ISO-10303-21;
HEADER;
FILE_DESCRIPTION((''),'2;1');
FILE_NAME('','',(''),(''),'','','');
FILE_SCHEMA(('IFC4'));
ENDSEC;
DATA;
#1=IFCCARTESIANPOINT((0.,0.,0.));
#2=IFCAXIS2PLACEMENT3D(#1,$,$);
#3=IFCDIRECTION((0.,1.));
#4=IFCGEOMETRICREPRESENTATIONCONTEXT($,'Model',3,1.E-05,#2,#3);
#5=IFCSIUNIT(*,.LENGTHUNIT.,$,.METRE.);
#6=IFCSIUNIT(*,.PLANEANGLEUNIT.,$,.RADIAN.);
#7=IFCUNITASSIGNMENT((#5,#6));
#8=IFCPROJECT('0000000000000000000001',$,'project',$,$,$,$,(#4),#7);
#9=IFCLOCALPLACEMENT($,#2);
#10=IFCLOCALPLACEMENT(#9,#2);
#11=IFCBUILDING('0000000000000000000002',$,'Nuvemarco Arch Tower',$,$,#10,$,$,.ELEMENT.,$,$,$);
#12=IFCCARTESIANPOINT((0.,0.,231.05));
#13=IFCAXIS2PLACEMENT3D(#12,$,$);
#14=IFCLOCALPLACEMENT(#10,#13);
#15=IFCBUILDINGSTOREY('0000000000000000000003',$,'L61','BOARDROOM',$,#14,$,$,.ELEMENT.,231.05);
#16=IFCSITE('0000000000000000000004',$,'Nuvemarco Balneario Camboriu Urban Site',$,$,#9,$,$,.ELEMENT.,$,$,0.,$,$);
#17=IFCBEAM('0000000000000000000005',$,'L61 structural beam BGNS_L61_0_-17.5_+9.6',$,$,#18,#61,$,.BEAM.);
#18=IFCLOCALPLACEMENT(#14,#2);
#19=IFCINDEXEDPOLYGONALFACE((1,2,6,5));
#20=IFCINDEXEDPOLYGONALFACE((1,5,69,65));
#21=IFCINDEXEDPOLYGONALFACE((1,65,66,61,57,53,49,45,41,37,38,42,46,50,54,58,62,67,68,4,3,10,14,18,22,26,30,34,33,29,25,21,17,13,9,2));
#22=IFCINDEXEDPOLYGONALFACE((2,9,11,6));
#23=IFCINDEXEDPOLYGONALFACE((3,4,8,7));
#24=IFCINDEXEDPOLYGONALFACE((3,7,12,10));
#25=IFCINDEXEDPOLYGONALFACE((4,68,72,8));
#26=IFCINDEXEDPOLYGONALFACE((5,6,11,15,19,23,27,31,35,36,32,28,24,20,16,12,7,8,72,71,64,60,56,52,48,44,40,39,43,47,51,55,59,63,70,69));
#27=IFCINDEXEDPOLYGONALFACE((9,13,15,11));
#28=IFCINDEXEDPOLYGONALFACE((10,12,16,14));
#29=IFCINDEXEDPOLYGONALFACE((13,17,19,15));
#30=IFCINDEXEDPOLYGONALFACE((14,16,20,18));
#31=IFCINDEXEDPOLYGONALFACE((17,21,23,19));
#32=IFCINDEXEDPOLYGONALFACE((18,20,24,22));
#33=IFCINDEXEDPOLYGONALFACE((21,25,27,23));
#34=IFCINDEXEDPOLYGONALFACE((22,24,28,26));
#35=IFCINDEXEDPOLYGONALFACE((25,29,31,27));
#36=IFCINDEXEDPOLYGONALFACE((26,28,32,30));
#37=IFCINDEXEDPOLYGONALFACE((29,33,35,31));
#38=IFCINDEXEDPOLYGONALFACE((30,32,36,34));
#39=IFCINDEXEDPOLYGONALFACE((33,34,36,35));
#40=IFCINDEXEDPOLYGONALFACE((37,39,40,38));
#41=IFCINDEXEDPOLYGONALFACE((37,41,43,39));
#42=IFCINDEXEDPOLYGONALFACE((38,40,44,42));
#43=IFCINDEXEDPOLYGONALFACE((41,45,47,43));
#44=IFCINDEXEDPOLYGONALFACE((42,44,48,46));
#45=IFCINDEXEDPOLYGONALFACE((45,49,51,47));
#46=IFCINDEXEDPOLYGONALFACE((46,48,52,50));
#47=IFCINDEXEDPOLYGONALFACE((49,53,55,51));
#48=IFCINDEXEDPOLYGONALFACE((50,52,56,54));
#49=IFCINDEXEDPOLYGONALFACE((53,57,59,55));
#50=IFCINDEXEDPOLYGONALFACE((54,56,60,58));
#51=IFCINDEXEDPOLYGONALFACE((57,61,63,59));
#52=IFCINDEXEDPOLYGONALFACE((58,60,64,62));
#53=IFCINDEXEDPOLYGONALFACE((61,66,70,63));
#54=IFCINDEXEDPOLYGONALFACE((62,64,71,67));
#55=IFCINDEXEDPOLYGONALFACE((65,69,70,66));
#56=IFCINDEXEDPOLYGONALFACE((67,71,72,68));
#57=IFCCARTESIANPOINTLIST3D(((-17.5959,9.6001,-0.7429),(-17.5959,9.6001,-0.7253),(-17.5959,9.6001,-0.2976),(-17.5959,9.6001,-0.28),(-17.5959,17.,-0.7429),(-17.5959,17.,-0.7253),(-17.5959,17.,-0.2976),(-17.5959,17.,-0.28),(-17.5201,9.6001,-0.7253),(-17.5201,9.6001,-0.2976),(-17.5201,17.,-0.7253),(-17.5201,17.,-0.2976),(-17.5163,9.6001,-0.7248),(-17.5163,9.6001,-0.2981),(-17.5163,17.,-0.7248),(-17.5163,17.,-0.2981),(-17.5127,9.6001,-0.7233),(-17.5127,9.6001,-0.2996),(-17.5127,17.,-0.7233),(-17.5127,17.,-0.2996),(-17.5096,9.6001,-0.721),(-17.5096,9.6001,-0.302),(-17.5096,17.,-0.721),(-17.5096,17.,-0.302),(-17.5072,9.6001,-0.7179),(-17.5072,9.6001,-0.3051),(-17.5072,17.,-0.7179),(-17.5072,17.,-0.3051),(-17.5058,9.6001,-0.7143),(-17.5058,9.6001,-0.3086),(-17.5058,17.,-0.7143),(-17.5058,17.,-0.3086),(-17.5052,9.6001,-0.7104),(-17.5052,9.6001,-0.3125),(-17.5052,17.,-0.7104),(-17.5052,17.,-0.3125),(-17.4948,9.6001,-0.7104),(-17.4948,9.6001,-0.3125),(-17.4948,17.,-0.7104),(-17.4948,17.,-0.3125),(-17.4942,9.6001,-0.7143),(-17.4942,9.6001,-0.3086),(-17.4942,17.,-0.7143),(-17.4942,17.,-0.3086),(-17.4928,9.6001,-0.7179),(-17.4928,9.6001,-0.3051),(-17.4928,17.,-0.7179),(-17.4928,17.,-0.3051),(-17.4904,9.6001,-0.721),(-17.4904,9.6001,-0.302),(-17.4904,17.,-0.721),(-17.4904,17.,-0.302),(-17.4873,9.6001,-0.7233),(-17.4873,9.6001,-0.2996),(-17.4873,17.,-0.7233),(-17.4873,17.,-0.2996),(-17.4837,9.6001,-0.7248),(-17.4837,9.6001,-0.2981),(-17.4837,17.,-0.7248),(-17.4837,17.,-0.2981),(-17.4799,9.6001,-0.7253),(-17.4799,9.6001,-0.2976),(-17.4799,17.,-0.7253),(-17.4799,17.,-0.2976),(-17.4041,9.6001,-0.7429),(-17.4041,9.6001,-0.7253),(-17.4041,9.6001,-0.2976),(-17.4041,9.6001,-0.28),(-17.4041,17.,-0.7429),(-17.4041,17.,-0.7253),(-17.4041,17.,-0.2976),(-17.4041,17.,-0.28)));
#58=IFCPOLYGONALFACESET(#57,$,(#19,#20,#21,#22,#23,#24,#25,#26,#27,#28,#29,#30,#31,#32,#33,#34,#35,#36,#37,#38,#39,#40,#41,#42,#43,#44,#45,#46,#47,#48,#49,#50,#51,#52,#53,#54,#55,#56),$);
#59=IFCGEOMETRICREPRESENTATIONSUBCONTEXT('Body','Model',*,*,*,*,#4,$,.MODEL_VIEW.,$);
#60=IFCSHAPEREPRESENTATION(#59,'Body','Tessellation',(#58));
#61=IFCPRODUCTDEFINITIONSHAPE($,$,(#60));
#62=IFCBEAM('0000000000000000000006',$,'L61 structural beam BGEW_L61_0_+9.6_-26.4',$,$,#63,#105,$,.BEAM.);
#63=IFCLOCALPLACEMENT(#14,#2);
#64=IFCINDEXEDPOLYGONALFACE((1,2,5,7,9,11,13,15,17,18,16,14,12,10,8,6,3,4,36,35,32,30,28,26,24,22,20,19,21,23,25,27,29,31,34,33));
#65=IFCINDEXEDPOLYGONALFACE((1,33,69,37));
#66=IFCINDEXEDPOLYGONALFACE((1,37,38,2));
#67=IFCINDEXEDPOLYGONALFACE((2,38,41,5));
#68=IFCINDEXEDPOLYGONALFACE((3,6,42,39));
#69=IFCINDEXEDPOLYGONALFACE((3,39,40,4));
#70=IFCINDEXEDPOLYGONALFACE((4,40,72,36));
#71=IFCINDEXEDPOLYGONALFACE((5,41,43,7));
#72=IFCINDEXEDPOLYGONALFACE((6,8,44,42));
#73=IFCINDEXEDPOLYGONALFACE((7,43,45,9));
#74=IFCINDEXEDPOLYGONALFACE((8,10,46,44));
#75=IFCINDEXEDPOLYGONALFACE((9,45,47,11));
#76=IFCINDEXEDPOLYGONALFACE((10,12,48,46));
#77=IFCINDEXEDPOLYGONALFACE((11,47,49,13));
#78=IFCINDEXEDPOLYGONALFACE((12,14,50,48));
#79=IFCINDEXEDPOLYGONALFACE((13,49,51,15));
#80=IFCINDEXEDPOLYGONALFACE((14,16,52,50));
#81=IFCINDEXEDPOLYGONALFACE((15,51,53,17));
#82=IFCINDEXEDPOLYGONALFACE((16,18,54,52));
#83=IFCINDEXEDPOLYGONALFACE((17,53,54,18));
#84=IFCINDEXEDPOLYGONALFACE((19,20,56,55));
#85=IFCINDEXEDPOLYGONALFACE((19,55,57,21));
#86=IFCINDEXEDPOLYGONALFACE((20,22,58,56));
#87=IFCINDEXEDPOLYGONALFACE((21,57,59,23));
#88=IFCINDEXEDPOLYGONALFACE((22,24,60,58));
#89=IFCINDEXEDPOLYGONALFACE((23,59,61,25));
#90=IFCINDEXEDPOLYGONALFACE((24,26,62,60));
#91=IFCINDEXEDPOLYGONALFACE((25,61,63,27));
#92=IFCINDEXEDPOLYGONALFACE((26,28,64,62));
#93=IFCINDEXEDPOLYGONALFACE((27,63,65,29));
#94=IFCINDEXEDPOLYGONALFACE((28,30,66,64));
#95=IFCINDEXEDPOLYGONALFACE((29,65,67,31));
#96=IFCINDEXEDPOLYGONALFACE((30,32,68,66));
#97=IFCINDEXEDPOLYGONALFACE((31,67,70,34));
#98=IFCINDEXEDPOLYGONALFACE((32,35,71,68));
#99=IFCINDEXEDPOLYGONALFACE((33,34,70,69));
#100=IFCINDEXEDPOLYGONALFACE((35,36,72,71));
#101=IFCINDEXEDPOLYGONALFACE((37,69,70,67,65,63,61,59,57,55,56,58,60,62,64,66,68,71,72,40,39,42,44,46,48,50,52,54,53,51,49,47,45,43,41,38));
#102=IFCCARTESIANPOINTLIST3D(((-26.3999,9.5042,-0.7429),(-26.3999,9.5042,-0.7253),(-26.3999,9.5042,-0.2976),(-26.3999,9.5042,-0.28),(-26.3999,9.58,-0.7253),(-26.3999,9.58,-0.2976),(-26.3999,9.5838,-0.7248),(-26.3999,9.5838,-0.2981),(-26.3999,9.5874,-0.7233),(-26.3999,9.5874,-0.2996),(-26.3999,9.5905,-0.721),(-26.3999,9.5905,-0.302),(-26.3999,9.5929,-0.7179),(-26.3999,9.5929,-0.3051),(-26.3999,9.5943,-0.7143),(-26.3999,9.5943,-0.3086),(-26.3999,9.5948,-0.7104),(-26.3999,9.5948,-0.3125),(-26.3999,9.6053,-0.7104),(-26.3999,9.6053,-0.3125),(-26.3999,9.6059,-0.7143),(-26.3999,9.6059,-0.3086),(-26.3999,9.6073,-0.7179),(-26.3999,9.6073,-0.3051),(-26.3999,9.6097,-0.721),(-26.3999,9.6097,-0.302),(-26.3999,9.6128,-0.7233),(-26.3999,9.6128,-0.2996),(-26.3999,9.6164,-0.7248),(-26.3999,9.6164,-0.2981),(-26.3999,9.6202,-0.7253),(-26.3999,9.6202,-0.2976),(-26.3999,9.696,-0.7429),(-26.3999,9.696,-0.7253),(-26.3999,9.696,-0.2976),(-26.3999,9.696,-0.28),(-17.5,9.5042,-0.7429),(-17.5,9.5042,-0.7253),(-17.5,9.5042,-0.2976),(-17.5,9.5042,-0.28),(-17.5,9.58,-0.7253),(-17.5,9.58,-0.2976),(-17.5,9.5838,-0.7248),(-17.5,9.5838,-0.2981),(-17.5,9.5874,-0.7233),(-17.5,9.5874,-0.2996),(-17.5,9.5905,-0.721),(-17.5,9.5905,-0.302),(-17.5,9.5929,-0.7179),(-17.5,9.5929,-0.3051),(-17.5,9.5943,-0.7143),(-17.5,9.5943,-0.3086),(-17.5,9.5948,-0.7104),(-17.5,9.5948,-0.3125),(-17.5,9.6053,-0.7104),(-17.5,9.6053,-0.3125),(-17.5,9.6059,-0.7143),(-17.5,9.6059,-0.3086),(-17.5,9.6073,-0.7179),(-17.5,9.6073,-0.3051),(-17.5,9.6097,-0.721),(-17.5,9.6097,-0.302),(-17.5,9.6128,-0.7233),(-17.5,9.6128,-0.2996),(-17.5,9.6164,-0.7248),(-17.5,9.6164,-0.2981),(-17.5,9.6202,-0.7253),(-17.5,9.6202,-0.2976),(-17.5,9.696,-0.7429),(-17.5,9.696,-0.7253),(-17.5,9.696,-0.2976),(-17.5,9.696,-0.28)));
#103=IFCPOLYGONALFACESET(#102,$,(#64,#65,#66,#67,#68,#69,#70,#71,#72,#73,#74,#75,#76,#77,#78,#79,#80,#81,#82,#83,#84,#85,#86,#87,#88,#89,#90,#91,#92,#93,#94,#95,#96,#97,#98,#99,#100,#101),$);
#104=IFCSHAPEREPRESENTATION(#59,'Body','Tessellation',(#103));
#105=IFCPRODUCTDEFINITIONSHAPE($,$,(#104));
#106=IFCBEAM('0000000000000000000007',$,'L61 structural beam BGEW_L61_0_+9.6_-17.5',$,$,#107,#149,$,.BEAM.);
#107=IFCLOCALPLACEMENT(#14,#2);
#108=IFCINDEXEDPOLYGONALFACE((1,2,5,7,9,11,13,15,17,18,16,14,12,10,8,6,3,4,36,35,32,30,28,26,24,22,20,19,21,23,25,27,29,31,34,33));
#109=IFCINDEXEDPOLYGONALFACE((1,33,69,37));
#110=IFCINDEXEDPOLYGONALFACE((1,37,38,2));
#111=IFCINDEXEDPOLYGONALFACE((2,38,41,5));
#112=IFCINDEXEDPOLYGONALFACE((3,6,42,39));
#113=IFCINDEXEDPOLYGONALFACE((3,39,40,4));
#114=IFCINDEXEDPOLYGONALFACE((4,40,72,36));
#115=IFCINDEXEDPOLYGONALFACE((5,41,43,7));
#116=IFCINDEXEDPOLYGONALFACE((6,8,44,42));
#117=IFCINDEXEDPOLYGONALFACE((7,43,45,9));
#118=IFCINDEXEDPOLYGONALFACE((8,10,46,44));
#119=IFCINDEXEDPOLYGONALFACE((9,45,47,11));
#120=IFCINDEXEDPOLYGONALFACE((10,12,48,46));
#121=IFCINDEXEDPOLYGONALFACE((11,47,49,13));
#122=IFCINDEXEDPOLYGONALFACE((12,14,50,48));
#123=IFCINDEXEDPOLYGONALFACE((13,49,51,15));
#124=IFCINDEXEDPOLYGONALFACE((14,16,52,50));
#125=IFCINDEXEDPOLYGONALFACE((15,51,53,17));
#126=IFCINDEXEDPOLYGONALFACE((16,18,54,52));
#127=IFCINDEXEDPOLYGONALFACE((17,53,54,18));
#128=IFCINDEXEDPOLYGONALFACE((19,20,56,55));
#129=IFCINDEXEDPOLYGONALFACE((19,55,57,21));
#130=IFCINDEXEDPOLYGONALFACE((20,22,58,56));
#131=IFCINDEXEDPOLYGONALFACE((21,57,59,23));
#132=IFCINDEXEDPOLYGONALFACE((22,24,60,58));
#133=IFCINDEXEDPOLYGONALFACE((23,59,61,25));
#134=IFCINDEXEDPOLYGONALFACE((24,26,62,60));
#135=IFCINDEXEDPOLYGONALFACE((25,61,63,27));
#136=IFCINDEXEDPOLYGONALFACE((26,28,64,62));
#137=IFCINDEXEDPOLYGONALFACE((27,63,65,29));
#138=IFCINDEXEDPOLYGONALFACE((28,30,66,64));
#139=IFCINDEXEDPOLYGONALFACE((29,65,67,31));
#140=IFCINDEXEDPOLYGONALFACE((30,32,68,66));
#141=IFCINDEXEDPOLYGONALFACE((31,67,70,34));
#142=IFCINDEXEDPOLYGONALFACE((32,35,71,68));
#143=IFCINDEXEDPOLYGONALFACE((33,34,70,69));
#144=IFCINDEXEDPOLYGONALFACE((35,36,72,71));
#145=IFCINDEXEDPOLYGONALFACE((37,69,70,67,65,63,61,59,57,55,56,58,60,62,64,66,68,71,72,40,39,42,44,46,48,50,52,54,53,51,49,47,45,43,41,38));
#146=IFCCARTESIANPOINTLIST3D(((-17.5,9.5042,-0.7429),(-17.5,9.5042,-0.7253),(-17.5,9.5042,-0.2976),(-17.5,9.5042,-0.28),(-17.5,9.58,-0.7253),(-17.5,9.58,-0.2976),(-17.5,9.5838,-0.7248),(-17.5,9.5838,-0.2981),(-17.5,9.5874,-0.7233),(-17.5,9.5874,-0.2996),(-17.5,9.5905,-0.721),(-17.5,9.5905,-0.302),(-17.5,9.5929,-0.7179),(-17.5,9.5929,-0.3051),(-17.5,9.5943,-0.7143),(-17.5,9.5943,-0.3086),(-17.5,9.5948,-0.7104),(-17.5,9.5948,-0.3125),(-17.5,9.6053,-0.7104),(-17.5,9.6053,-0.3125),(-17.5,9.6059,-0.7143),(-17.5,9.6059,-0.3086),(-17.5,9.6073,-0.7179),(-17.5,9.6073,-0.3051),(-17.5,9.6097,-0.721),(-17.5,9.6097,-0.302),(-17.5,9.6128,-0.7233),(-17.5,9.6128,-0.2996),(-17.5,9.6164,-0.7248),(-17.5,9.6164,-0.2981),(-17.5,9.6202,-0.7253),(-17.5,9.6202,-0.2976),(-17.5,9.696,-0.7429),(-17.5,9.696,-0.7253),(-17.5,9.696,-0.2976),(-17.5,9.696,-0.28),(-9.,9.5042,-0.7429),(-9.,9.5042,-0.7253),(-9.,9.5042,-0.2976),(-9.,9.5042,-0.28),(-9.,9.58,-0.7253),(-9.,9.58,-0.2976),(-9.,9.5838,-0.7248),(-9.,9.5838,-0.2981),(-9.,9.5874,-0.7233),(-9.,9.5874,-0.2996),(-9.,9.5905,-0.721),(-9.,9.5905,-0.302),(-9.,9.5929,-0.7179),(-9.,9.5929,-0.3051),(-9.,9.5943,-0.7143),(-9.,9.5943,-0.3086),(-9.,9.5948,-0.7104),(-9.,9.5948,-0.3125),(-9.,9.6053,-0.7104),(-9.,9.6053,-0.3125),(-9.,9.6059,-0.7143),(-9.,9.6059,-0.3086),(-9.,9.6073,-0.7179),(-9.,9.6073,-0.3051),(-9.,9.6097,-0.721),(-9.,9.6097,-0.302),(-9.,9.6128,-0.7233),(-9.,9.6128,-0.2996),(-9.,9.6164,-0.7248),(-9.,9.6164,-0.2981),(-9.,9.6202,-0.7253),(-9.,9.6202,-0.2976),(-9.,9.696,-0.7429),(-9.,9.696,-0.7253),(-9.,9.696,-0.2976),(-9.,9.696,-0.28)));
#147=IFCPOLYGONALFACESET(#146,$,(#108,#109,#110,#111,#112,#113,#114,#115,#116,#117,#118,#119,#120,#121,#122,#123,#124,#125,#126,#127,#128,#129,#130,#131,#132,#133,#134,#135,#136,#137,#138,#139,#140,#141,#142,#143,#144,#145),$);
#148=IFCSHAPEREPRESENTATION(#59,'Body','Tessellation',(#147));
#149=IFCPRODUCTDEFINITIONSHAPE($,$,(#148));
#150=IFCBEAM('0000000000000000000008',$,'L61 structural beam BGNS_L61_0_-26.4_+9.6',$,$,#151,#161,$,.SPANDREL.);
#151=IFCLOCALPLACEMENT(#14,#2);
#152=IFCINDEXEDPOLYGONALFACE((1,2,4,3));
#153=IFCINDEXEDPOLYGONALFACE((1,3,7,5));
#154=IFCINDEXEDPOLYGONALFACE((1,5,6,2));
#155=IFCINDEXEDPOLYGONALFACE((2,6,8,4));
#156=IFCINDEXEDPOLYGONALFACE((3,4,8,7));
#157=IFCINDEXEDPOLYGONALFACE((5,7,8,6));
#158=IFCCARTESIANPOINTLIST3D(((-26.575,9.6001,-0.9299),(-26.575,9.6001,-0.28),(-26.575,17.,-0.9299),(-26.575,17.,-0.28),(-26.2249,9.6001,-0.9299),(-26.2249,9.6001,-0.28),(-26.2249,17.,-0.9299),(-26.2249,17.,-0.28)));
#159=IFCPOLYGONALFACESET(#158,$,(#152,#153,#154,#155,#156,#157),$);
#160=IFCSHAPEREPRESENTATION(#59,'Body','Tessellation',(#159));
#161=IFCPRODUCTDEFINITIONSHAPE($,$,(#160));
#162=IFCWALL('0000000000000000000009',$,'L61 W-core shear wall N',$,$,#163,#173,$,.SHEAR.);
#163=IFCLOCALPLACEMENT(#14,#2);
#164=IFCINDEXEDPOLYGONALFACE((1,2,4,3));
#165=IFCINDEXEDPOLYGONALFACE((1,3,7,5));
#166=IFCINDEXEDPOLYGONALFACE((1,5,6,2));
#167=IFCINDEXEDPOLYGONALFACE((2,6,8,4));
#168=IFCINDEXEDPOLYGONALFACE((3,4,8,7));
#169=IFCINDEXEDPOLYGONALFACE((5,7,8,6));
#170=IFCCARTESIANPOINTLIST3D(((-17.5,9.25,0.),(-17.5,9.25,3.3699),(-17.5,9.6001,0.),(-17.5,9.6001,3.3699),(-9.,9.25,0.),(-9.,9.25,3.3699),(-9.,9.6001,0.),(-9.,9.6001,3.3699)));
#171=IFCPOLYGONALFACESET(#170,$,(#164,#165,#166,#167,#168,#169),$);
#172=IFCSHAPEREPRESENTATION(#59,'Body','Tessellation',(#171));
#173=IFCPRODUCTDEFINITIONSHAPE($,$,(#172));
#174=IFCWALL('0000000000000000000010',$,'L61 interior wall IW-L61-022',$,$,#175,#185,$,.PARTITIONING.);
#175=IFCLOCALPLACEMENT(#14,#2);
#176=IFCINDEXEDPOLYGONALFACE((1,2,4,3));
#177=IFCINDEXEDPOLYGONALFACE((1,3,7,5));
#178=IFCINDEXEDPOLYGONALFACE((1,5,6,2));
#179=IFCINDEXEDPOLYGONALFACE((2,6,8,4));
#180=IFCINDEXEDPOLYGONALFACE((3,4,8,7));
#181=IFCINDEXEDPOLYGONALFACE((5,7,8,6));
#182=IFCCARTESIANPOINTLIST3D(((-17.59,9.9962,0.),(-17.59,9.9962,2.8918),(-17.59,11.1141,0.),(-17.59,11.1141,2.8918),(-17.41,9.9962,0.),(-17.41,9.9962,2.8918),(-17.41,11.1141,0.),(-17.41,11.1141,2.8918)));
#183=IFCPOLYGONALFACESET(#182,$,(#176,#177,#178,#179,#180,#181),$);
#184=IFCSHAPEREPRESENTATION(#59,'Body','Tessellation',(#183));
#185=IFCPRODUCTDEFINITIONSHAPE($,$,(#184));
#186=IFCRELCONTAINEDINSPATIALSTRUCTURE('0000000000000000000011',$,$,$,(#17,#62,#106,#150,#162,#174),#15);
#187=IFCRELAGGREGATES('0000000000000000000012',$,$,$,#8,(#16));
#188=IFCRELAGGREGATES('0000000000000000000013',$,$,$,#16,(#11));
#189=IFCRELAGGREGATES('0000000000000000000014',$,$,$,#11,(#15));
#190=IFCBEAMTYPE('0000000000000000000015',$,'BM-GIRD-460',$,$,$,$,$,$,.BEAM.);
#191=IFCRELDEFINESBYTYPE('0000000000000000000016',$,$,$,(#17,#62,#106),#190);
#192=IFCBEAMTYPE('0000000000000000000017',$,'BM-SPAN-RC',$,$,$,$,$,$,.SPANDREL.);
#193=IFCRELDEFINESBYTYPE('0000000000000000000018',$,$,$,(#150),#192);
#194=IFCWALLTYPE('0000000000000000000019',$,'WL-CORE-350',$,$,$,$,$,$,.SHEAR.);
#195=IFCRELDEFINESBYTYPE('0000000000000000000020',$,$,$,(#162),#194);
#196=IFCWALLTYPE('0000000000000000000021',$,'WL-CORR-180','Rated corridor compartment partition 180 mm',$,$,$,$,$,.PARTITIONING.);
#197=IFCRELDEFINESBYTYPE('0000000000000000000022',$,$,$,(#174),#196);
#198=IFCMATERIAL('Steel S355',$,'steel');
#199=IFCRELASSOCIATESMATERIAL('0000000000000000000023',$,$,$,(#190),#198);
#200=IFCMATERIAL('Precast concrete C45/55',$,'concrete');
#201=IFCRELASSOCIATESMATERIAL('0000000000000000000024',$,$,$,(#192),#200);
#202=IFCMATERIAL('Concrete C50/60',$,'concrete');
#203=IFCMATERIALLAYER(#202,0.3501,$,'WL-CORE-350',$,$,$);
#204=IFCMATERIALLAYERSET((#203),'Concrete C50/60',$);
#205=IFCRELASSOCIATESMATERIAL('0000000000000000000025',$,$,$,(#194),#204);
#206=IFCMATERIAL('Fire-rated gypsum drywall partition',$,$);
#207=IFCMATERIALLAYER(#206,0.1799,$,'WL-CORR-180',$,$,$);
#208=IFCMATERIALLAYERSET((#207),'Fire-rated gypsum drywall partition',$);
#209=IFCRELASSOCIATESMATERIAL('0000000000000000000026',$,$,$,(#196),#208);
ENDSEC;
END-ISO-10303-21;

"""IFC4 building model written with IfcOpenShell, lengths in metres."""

from ifc_helpers import new_model, si_unit, direction, frame, frame_2d, origin, origin_2d, place, context, subcontext, project, spatial, rectangle, i_section, extrude, material, layer, layer_set, material_profile, profile_set, type_object, element, save


model = new_model("IFC4")

# Units and contexts
model_context = context("Model", 3, precision=1e-05, world=origin(), true_north=direction((0.0, 1.0)))
body_context = subcontext(model_context, "Body", "Model", "MODEL_VIEW")
ifc_project = project(units=[si_unit("LENGTHUNIT", "METRE"), si_unit("PLANEANGLEUNIT", "RADIAN")], contexts=[model_context])

# Site, building, storey
site_placement = place(None, origin())
site = spatial("IfcSite", under=ifc_project, at=site_placement, Name="Nuvemarco Balneario Camboriu Urban Site", CompositionType="ELEMENT", RefElevation=0.0)
building_placement = place(site_placement, origin())
building = spatial("IfcBuilding", under=site, at=building_placement, Name="Nuvemarco Arch Tower", CompositionType="ELEMENT")
storey_placement = place(building_placement, frame((0.0, 0.0, 231.05)))
storey = spatial("IfcBuildingStorey", under=building, at=storey_placement, Name="L61", Description="BOARDROOM", CompositionType="ELEMENT", Elevation=231.05)

# Shared definitions
ifc_material_1 = material(Name="Concrete C50/60", Category="concrete")
ifc_material_2 = material(Name="Steel S355", Category="steel")

# Beams
ifc_material_profile_1 = material_profile(ifc_material_2, i_section(OverallWidth=0.1919, OverallDepth=0.4629, WebThickness=0.0105, FlangeThickness=0.0176, FilletRadius=0.0149, at=origin_2d()), Name="W460x89")
ifc_profile_set_1 = profile_set([ifc_material_profile_1], Name="Steel S355")
beam_type_1 = type_object("IfcBeamType", Name="BM-GIRD-460", PredefinedType="BEAM", material=ifc_profile_set_1)
beam_1_placement = place(storey_placement, frame((-17.5, 9.6001, -0.5115), z_axis=(0.0, 1.0, 0.0), x_axis=(-1.0, 0.0, 0.0)))
element("IfcBeam", 1, at=beam_1_placement, inside=storey, type_object=beam_type_1, Name="L61 structural beam BGNS_L61_0_-17.5_+9.6", PredefinedType="BEAM", context=body_context, shape_type="SweptSolid", body=[
    extrude(i_section(OverallWidth=0.1919, OverallDepth=0.4629, WebThickness=0.0105, FlangeThickness=0.0176, FilletRadius=0.0149, at=origin_2d()), origin(), (0.0, 0.0, 1.0), 7.3999),
])
beam_2_placement = place(storey_placement, frame((-26.3999, 9.6001, -0.5115), z_axis=(1.0, 0.0, 0.0), x_axis=(0.0, 1.0, 0.0)))
element("IfcBeam", 2, at=beam_2_placement, inside=storey, type_object=beam_type_1, Name="L61 structural beam BGEW_L61_0_+9.6_-26.4", PredefinedType="BEAM", context=body_context, shape_type="SweptSolid", body=[
    extrude(i_section(OverallWidth=0.1919, OverallDepth=0.4629, WebThickness=0.0105, FlangeThickness=0.0176, FilletRadius=0.0149, at=origin_2d()), origin(), (0.0, 0.0, 1.0), 8.8999),
])
beam_3_placement = place(storey_placement, frame((-17.5, 9.6001, -0.5115), z_axis=(1.0, 0.0, 0.0), x_axis=(0.0, 1.0, 0.0)))
element("IfcBeam", 3, at=beam_3_placement, inside=storey, type_object=beam_type_1, Name="L61 structural beam BGEW_L61_0_+9.6_-17.5", PredefinedType="BEAM", context=body_context, shape_type="SweptSolid", body=[
    extrude(i_section(OverallWidth=0.1919, OverallDepth=0.4629, WebThickness=0.0105, FlangeThickness=0.0176, FilletRadius=0.0149, at=origin_2d()), origin(), (0.0, 0.0, 1.0), 8.5),
])
ifc_material_3 = material(Name="Precast concrete C45/55", Category="concrete")
ifc_material_profile_2 = material_profile(ifc_material_3, rectangle(XDim=0.3501, YDim=0.6499, at=origin_2d()), Name="PC-SP-350x650")
ifc_profile_set_2 = profile_set([ifc_material_profile_2], Name="Precast concrete C45/55")
beam_type_2 = type_object("IfcBeamType", Name="BM-SPAN-RC", PredefinedType="SPANDREL", material=ifc_profile_set_2)
beam_4_placement = place(storey_placement, frame((-26.3999, 9.6001, -0.605), z_axis=(0.0, 1.0, 0.0), x_axis=(-1.0, 0.0, 0.0)))
element("IfcBeam", 4, at=beam_4_placement, inside=storey, type_object=beam_type_2, Name="L61 structural beam BGNS_L61_0_-26.4_+9.6", PredefinedType="SPANDREL", context=body_context, shape_type="SweptSolid", body=[
    extrude(rectangle(XDim=0.3501, YDim=0.6499, at=origin_2d()), origin(), (0.0, 0.0, 1.0), 7.3999),
])

# Walls
ifc_layer_1 = layer(ifc_material_1, 0.3501, Name="WL-CORE-350")
ifc_layer_set_1 = layer_set([ifc_layer_1], Name="Concrete C50/60")
wall_type_1 = type_object("IfcWallType", Name="WL-CORE-350", PredefinedType="SHEAR", material=ifc_layer_set_1)
wall_1_placement = place(storey_placement, frame((-17.5, 9.425, 0.0), z_axis=(0.0, 0.0, 1.0), x_axis=(1.0, 0.0, 0.0)))
element("IfcWall", 5, at=wall_1_placement, inside=storey, type_object=wall_type_1, Name="L61 W-core shear wall N", PredefinedType="SHEAR", context=body_context, shape_type="SweptSolid", body=[
    extrude(rectangle(XDim=8.5, YDim=0.3501, at=frame_2d((4.25, 0.0))), origin(), (0.0, 0.0, 1.0), 3.3699),
])
ifc_material_4 = material(Name="Fire-rated gypsum drywall partition")
ifc_layer_2 = layer(ifc_material_4, 0.1799, Name="WL-CORR-180")
ifc_layer_set_2 = layer_set([ifc_layer_2], Name="Fire-rated gypsum drywall partition")
wall_type_2 = type_object("IfcWallType", Name="WL-CORR-180", Description="Rated corridor compartment partition 180 mm", PredefinedType="PARTITIONING", material=ifc_layer_set_2)
wall_2_placement = place(storey_placement, frame((-17.5, 9.9961, 0.0), z_axis=(0.0, 0.0, 1.0), x_axis=(0.0, 1.0, 0.0)))
element("IfcWall", 6, at=wall_2_placement, inside=storey, type_object=wall_type_2, Name="L61 interior wall IW-L61-022", PredefinedType="PARTITIONING", context=body_context, shape_type="SweptSolid", body=[
    extrude(rectangle(XDim=1.1179, YDim=0.1799, at=frame_2d((0.5591, 0.0))), origin(), (0.0, 0.0, 1.0), 2.8918),
])

save(model, "model.ifc")
